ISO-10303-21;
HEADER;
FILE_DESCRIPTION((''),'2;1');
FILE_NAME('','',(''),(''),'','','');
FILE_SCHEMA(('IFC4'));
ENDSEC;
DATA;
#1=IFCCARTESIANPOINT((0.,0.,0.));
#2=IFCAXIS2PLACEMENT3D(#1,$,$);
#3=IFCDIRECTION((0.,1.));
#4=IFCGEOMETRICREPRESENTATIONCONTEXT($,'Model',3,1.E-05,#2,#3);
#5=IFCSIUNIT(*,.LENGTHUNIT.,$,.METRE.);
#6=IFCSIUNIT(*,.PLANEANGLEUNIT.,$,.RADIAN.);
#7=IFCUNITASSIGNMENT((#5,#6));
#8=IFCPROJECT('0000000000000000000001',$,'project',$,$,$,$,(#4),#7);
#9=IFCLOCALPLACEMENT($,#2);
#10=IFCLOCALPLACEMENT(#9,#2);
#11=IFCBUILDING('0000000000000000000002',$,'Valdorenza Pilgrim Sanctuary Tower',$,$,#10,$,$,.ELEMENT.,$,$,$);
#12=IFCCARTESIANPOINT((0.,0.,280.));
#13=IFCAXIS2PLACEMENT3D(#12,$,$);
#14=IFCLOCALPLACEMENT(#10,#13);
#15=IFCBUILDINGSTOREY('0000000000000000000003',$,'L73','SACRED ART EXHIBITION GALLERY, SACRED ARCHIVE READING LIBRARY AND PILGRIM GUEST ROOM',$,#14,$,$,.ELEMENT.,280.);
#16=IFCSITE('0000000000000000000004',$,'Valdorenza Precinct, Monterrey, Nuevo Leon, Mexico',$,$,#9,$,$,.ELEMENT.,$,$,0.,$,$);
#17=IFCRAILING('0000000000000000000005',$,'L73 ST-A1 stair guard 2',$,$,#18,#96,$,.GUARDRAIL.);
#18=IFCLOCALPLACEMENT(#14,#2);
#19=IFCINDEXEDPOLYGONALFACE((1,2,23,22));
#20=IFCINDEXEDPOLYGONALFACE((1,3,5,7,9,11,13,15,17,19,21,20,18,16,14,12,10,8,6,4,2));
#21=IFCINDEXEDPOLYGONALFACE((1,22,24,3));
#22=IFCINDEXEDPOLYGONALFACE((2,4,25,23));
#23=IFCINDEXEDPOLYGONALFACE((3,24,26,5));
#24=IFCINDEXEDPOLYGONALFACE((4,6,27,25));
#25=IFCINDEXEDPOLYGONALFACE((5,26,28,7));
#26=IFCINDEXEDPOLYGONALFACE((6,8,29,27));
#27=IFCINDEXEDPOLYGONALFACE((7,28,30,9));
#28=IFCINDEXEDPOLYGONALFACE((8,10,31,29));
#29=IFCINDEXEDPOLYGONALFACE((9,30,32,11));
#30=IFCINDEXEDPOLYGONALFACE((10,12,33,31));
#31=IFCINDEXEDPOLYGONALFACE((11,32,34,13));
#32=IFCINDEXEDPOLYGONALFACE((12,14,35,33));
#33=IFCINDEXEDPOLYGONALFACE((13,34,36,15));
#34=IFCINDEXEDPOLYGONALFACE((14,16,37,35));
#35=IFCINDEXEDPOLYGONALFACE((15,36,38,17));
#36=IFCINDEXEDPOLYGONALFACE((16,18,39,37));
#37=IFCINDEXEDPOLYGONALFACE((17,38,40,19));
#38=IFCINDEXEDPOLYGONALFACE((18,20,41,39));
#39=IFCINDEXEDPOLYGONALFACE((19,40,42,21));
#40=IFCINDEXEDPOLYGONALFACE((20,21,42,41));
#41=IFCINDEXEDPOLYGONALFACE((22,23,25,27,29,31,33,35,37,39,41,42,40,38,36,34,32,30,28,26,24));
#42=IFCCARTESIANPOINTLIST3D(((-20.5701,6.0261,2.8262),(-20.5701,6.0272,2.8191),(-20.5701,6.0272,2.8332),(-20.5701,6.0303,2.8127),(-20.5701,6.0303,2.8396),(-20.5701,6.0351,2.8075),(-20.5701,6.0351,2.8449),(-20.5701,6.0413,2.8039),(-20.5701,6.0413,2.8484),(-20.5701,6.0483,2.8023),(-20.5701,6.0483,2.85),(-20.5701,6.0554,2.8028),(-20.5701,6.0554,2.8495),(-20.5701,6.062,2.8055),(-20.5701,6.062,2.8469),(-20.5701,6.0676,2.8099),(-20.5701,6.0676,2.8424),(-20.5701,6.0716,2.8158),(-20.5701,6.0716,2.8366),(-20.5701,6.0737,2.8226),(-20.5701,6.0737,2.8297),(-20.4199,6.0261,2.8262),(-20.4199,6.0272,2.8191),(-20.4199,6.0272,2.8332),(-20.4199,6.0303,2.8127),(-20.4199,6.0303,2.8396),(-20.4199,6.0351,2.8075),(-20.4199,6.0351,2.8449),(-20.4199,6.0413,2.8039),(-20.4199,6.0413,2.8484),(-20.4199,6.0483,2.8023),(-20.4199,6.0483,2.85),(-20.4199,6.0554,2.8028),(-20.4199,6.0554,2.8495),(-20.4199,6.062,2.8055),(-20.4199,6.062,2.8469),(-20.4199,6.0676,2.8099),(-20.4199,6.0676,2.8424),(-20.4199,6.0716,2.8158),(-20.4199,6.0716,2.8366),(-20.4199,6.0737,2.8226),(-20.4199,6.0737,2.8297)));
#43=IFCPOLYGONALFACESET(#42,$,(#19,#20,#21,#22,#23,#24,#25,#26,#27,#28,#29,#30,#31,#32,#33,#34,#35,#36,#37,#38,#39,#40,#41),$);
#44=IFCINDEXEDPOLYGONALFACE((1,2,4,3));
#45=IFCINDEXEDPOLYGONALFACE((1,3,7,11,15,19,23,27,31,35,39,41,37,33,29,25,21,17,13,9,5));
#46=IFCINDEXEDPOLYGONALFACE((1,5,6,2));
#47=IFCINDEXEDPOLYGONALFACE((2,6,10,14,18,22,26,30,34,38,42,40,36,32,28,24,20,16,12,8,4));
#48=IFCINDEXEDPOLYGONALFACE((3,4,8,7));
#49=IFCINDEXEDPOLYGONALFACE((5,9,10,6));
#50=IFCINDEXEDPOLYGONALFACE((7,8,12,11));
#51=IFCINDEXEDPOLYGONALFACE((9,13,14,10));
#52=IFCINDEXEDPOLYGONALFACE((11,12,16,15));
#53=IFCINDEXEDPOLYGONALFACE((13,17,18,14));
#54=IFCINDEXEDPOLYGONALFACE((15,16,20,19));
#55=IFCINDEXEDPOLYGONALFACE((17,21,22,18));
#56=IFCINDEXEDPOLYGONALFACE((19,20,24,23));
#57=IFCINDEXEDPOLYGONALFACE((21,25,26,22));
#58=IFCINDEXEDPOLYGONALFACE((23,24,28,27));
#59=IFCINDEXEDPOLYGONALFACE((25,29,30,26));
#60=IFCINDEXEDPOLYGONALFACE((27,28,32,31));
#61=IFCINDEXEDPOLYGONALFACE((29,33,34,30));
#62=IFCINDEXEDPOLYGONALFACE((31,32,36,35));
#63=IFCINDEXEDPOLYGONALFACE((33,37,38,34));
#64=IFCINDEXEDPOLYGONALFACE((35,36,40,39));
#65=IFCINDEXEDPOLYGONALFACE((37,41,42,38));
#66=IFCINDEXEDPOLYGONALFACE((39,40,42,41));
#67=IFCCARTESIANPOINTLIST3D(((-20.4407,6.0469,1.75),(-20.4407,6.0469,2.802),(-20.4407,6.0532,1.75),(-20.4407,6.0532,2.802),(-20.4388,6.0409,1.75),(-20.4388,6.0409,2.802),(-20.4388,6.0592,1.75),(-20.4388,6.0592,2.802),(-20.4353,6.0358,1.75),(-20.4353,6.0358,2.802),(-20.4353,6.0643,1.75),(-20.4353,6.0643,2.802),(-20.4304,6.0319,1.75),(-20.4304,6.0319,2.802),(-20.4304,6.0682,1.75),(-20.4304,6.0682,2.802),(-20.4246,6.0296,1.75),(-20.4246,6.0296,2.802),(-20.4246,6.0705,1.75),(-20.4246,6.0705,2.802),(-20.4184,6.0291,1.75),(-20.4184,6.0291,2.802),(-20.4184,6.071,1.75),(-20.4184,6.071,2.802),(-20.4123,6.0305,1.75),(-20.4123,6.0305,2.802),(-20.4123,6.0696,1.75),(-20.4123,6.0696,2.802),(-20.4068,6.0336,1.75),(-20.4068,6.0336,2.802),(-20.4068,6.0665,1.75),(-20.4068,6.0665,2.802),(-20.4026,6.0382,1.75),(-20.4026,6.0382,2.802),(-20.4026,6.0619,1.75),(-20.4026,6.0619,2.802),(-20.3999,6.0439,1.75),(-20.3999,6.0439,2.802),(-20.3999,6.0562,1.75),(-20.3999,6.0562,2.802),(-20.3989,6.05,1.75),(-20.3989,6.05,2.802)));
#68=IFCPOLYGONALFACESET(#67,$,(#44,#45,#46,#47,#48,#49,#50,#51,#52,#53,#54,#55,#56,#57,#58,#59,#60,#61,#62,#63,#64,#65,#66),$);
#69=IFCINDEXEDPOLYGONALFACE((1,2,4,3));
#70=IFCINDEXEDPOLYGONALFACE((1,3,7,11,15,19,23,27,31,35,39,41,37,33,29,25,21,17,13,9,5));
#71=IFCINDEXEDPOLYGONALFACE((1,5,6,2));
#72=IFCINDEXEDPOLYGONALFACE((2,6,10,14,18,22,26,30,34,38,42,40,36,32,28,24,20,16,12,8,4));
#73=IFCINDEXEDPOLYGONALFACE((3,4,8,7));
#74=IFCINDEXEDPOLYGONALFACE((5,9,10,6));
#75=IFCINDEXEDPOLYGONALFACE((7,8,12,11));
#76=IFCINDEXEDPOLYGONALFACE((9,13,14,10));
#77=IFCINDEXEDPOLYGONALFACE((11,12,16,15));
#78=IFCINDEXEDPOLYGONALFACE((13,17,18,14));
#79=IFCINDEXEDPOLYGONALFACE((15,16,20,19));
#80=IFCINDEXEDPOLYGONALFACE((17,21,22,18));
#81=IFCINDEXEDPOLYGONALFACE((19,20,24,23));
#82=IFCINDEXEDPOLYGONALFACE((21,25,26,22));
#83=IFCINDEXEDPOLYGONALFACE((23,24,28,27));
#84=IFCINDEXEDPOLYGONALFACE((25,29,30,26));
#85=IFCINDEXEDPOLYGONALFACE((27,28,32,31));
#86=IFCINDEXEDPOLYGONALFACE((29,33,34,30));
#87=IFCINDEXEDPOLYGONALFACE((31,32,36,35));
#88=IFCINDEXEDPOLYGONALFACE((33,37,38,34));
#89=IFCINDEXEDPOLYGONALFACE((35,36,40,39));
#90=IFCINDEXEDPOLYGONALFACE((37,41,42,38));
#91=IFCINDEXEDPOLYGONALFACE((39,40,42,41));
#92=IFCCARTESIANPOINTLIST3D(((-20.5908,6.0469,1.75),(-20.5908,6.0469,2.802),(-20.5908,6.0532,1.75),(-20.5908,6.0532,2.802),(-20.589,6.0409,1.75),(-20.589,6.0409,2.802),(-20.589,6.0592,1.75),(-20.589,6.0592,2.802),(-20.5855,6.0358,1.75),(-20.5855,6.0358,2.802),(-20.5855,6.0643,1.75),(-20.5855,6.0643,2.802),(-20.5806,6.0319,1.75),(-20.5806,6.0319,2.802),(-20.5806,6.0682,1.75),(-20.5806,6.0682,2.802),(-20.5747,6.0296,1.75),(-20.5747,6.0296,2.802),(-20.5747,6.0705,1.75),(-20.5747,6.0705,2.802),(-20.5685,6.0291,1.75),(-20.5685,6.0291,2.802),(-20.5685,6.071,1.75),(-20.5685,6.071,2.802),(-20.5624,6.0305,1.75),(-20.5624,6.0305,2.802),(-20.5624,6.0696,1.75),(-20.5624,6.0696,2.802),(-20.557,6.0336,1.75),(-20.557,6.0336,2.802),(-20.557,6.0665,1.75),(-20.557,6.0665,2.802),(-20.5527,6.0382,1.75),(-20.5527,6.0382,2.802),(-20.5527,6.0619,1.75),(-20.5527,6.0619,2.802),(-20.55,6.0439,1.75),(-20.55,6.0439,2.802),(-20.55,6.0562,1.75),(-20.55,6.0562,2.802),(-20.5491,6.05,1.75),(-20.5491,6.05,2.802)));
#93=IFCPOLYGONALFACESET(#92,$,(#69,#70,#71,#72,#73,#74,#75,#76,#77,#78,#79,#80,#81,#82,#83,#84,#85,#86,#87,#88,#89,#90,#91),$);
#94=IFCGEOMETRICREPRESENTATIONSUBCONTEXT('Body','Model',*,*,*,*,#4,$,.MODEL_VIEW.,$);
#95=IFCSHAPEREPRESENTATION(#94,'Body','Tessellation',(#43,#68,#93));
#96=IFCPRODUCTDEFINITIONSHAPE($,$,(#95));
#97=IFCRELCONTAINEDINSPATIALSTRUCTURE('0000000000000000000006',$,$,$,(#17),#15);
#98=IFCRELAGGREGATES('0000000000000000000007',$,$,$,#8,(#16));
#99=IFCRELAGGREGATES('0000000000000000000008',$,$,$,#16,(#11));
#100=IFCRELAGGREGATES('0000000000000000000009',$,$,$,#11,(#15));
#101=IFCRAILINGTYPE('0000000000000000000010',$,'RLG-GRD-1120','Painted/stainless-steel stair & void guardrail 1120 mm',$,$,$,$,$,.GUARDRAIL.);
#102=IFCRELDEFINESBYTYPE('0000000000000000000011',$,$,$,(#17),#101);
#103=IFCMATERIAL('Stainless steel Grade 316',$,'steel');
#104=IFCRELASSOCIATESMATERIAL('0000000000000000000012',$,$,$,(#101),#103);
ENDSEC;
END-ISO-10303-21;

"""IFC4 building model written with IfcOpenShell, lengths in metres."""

from ifc_helpers import new_model, si_unit, direction, frame, origin, origin_2d, place, context, subcontext, project, spatial, circle, extrude, material, type_object, element, save


model = new_model("IFC4")

# Units and contexts
model_context = context("Model", 3, precision=1e-05, world=origin(), true_north=direction((0.0, 1.0)))
body_context = subcontext(model_context, "Body", "Model", "MODEL_VIEW")
ifc_project = project(units=[si_unit("LENGTHUNIT", "METRE"), si_unit("PLANEANGLEUNIT", "RADIAN")], contexts=[model_context])

# Site, building, storey
site_placement = place(None, origin())
site = spatial("IfcSite", under=ifc_project, at=site_placement, Name="Valdorenza Precinct, Monterrey, Nuevo Leon, Mexico", CompositionType="ELEMENT", RefElevation=0.0)
building_placement = place(site_placement, origin())
building = spatial("IfcBuilding", under=site, at=building_placement, Name="Valdorenza Pilgrim Sanctuary Tower", CompositionType="ELEMENT")
storey_placement = place(building_placement, frame((0.0, 0.0, 280.0)))
storey = spatial("IfcBuildingStorey", under=building, at=storey_placement, Name="L73", Description="SACRED ART EXHIBITION GALLERY, SACRED ARCHIVE READING LIBRARY AND PILGRIM GUEST ROOM", CompositionType="ELEMENT", Elevation=280.0)

# Railing
ifc_material_1 = material(Name="Stainless steel Grade 316", Category="steel")
railing_type_1 = type_object("IfcRailingType", Name="RLG-GRD-1120", Description="Painted/stainless-steel stair & void guardrail 1120 mm", PredefinedType="GUARDRAIL", material=ifc_material_1)
railing_1_placement = place(storey_placement, frame((-20.4199, 6.05, 1.75)))
element("IfcRailing", 1, at=railing_1_placement, inside=storey, type_object=railing_type_1, Name="L73 ST-A1 stair guard 2", PredefinedType="GUARDRAIL", context=body_context, shape_type="SweptSolid", body=[
    extrude(circle(Radius=0.0239, at=origin_2d()), frame((0.0, 0.0, 1.0762), z_axis=(-1.0, 0.0, 0.0), x_axis=(0.0, -1.0, 0.0)), (0.0, 0.0, 1.0), 0.1501),
    extrude(circle(Radius=0.021, at=origin_2d()), origin(), (0.0, 0.0, 1.0), 1.052),
    extrude(circle(Radius=0.021, at=origin_2d()), frame((-0.1501, 0.0, 0.0)), (0.0, 0.0, 1.0), 1.052),
])

save(model, "model.ifc")
